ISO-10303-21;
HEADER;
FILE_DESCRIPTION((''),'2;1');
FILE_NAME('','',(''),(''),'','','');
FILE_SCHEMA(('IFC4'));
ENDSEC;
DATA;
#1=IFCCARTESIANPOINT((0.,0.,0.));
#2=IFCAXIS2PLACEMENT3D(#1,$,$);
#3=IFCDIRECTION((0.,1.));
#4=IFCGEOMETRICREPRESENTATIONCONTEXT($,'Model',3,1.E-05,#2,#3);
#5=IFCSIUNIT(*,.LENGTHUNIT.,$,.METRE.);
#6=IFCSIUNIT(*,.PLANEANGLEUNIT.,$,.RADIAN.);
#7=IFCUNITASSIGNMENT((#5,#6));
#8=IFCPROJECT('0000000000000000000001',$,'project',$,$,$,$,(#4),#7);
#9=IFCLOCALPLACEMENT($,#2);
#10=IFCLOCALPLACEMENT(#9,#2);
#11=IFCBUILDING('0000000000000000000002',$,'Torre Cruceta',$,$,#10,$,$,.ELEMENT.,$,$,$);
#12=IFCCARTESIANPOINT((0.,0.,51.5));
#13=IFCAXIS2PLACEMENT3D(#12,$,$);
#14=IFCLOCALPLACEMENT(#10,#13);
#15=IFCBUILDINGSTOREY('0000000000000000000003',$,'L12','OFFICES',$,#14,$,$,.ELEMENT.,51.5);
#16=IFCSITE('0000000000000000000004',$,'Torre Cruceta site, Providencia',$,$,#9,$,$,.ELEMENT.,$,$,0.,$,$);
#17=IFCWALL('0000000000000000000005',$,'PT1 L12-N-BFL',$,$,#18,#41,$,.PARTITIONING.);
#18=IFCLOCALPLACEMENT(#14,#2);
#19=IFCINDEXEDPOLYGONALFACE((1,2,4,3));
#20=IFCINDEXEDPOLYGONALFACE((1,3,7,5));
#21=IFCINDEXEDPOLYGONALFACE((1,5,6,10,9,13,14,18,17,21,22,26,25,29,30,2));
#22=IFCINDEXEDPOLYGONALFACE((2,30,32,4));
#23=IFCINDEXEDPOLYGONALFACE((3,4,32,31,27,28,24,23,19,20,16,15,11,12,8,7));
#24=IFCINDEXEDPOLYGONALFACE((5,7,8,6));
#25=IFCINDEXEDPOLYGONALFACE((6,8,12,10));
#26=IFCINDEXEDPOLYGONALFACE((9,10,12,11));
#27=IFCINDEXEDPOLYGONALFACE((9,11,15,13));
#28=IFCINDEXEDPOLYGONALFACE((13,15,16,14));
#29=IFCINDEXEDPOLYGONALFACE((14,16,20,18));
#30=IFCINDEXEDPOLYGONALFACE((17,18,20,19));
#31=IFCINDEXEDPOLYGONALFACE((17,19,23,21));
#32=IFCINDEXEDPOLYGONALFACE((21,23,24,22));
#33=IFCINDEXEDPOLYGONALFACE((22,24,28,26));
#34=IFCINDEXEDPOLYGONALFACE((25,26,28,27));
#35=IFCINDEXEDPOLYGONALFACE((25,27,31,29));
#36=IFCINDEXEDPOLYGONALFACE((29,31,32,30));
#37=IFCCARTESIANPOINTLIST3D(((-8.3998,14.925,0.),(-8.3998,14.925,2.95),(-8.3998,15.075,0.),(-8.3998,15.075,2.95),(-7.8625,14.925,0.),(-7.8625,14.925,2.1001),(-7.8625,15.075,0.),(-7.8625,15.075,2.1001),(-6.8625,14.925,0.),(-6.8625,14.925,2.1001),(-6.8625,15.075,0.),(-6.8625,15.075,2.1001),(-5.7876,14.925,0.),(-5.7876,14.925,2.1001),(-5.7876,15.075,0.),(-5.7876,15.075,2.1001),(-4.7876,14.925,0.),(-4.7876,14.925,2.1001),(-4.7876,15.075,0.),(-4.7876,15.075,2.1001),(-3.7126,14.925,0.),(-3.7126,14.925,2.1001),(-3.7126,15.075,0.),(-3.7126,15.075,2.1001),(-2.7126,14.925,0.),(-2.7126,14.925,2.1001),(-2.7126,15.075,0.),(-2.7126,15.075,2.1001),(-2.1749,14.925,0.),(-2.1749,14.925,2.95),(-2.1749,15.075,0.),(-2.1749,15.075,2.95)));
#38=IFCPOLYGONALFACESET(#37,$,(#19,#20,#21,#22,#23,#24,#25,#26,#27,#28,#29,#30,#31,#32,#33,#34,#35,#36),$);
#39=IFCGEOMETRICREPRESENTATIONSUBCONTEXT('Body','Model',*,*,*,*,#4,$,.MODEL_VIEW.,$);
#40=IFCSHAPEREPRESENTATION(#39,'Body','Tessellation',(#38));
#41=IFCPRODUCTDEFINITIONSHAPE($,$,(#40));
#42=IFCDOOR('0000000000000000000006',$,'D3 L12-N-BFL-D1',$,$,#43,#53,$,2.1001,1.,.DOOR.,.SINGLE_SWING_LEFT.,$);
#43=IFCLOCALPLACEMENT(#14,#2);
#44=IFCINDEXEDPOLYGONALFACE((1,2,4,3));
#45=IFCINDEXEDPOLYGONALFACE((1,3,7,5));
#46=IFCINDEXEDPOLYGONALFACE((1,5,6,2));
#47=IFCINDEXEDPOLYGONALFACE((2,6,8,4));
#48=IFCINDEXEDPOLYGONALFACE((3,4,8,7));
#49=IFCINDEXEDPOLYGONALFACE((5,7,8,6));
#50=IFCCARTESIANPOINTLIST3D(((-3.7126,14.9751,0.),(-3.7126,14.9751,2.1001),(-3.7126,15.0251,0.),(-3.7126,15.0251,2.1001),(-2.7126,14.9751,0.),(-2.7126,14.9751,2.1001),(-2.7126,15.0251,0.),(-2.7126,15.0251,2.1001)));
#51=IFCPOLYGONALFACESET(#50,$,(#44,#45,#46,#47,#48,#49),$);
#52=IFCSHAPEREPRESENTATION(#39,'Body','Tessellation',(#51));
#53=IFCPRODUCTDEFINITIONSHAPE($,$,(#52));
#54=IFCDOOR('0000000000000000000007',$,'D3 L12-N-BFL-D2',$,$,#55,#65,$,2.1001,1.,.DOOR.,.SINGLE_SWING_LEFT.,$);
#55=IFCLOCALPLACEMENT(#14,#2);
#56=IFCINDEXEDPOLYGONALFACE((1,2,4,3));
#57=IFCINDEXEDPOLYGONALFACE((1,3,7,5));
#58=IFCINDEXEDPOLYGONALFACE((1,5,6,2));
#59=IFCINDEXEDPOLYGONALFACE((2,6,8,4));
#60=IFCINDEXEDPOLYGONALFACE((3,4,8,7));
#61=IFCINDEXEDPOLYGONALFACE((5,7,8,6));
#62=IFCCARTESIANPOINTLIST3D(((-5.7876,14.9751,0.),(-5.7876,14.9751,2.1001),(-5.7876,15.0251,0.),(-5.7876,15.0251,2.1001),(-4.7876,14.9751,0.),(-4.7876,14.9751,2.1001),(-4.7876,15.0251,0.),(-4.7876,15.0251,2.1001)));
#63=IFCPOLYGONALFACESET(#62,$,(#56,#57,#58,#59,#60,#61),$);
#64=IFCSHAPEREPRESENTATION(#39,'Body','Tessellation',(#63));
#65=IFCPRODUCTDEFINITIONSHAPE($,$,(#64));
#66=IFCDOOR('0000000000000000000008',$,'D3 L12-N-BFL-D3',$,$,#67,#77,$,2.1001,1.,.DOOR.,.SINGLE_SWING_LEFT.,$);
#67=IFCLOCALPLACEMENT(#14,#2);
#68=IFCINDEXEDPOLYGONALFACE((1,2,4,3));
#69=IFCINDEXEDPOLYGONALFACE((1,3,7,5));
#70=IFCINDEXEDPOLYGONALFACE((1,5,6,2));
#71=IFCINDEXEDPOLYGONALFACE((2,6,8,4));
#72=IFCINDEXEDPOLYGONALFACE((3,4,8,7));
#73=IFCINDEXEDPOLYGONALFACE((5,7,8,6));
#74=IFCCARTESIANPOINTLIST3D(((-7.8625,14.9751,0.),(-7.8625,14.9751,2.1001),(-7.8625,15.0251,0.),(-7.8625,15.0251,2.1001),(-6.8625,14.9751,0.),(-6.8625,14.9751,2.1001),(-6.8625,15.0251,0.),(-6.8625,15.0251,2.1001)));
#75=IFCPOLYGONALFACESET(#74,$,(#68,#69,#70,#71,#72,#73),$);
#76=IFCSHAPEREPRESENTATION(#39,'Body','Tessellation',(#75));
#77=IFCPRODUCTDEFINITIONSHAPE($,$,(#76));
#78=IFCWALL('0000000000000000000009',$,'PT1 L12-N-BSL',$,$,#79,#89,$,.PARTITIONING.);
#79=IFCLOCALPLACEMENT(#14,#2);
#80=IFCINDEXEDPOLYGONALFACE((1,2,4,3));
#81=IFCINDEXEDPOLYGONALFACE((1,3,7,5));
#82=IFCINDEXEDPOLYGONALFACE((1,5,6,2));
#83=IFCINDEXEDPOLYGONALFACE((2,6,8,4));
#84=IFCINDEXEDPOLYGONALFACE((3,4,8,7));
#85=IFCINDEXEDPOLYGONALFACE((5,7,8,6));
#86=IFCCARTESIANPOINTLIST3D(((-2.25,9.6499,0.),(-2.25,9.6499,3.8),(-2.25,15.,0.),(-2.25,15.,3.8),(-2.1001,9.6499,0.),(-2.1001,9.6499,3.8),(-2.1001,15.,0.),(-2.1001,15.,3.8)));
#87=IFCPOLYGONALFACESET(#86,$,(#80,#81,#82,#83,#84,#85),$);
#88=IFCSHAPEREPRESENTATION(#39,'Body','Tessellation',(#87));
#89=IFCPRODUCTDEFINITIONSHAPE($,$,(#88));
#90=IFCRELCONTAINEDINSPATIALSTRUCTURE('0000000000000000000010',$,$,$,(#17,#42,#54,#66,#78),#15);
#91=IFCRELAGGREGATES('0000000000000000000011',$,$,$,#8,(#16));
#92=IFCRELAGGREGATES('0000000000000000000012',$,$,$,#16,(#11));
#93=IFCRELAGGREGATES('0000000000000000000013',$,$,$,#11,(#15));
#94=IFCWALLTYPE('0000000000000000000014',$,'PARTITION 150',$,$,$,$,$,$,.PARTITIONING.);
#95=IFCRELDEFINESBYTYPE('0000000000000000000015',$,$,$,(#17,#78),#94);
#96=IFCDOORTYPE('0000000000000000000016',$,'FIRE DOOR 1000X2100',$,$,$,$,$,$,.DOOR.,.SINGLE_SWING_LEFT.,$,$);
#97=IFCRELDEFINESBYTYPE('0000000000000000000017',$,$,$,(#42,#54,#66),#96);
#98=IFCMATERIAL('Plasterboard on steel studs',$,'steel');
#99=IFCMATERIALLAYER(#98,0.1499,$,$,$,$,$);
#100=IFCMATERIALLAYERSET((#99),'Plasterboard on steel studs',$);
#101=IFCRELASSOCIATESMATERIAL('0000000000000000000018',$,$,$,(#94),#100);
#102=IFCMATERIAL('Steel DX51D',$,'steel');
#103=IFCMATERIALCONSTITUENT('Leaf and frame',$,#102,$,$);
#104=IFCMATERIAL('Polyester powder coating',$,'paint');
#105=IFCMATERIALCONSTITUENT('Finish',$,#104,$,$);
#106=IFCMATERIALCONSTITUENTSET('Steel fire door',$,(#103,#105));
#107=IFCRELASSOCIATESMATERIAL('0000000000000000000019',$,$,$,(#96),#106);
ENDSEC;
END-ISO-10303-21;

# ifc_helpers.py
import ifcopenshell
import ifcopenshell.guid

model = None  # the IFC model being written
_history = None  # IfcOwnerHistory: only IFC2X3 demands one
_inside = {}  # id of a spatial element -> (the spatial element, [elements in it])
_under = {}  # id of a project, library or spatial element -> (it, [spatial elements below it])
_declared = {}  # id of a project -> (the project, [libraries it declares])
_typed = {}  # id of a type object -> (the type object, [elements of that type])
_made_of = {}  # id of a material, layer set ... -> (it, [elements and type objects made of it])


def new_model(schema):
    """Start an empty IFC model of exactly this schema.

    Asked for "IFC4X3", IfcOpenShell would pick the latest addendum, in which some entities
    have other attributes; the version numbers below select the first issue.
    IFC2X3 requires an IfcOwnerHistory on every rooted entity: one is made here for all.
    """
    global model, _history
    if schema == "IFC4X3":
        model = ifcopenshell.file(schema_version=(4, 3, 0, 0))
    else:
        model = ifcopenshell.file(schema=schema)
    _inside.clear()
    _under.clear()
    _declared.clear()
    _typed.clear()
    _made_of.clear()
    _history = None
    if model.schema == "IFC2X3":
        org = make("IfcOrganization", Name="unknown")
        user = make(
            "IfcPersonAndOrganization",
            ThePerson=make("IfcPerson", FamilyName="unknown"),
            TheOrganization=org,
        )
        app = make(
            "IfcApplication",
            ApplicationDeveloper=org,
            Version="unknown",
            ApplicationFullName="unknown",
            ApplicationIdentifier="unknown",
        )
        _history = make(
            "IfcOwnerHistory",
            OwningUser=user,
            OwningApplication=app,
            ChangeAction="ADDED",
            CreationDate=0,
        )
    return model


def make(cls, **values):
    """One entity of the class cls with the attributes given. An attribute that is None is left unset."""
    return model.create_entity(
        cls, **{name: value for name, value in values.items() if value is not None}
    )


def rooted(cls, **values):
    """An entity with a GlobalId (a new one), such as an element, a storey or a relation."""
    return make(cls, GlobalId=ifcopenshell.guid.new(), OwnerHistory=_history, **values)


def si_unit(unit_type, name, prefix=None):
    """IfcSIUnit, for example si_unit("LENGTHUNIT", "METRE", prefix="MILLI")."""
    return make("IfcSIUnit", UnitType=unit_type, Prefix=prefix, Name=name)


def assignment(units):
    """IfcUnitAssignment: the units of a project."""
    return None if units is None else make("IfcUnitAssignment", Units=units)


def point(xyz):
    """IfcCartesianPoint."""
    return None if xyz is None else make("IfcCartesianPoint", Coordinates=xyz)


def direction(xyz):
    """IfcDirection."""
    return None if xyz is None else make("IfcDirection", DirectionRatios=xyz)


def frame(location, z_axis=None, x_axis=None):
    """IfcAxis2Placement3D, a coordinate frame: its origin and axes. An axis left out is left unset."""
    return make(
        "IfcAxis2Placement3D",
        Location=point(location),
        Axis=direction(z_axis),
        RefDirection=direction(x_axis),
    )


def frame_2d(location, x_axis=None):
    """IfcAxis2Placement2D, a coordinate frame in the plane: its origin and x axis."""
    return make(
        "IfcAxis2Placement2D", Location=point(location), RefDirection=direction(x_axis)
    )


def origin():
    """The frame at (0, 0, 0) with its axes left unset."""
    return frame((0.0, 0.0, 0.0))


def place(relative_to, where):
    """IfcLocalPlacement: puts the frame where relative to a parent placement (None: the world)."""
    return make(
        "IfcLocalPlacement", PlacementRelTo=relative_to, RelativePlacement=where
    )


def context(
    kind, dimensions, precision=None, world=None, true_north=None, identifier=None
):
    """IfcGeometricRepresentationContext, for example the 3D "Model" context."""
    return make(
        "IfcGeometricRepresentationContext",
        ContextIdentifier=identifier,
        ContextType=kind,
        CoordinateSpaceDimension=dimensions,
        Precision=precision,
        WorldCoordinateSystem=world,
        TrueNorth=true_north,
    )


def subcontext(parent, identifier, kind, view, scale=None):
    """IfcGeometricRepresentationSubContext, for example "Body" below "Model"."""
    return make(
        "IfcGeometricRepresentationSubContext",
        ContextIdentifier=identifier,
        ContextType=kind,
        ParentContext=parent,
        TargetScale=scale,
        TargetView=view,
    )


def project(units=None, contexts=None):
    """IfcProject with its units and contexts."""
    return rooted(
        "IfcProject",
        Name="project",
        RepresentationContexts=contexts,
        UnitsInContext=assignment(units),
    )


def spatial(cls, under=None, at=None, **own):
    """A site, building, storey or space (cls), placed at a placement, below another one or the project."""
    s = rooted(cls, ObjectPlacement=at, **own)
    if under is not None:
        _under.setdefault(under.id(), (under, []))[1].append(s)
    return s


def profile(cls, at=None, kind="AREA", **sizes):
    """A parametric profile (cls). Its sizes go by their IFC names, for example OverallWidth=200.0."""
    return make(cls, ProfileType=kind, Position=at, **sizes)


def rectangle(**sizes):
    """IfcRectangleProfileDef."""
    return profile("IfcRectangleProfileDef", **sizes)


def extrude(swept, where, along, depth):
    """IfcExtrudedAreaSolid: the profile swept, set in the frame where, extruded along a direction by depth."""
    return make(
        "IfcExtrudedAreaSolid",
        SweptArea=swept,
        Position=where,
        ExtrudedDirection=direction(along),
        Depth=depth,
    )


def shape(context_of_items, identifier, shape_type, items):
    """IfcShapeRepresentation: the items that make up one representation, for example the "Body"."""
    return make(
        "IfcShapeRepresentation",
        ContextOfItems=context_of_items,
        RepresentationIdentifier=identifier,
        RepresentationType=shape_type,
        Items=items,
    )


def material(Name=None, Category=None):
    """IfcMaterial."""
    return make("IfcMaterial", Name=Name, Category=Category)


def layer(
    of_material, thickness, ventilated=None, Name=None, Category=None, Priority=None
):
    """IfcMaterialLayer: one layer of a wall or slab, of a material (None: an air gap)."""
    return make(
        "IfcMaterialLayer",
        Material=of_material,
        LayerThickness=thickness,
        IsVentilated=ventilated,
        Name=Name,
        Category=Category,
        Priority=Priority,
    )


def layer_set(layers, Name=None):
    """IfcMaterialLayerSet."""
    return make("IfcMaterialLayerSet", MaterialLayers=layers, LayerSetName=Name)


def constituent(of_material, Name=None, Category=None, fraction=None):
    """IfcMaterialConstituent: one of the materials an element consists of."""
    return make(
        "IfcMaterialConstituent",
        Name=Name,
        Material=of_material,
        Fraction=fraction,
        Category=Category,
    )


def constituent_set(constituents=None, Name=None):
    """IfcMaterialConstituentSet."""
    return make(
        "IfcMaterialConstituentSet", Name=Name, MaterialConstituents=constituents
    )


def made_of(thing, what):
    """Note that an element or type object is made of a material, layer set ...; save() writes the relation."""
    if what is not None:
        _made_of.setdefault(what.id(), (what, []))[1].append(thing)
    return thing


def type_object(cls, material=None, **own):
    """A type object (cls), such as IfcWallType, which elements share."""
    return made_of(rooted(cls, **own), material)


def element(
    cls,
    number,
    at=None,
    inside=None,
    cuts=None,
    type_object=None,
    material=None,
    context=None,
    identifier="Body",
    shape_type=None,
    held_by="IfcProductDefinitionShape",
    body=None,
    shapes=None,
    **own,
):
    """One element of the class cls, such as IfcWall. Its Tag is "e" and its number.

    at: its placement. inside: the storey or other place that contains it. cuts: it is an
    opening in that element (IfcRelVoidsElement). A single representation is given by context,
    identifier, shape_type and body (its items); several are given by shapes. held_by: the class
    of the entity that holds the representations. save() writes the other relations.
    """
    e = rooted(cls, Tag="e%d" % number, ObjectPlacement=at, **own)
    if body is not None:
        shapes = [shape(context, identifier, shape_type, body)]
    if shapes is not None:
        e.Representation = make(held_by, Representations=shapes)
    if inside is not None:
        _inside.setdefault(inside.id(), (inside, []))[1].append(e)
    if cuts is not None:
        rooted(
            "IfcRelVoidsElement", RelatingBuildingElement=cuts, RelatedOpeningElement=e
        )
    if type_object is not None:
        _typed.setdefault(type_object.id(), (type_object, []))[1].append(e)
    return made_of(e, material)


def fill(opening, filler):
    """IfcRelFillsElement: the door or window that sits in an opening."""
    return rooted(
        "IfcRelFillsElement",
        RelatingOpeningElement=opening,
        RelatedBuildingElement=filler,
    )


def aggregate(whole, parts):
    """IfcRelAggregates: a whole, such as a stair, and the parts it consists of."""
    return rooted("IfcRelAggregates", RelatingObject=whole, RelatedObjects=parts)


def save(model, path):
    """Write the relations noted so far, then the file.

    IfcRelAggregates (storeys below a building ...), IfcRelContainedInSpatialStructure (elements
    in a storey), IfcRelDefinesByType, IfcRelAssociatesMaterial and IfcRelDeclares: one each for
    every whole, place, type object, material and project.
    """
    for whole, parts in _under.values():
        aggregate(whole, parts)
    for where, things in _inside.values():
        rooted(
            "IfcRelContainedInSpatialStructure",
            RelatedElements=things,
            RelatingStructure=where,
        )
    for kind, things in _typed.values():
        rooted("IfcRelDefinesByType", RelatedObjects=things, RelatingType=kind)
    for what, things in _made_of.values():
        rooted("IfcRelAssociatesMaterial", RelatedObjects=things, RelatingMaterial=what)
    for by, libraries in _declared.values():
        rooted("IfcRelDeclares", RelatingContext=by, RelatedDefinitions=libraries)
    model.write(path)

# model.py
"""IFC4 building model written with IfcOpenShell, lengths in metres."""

from ifc_helpers import new_model, si_unit, direction, frame, frame_2d, origin, place, context, subcontext, project, spatial, rectangle, extrude, material, layer, layer_set, constituent, constituent_set, type_object, element, fill, save


model = new_model("IFC4")

# Units and contexts
model_context = context("Model", 3, precision=1e-05, world=origin(), true_north=direction((0.0, 1.0)))
body_context = subcontext(model_context, "Body", "Model", "MODEL_VIEW")
ifc_project = project(units=[si_unit("LENGTHUNIT", "METRE"), si_unit("PLANEANGLEUNIT", "RADIAN")], contexts=[model_context])

# Site, building, storey
site_placement = place(None, origin())
site = spatial("IfcSite", under=ifc_project, at=site_placement, Name="Torre Cruceta site, Providencia", CompositionType="ELEMENT", RefElevation=0.0)
building_placement = place(site_placement, origin())
building = spatial("IfcBuilding", under=site, at=building_placement, Name="Torre Cruceta", CompositionType="ELEMENT")
storey_placement = place(building_placement, frame((0.0, 0.0, 51.5)))
storey = spatial("IfcBuildingStorey", under=building, at=storey_placement, Name="L12", Description="OFFICES", CompositionType="ELEMENT", Elevation=51.5)

# Wall, openings, doors
ifc_material_1 = material(Name="Plasterboard on steel studs", Category="steel")
ifc_layer_1 = layer(ifc_material_1, 0.1499)
ifc_layer_set_1 = layer_set([ifc_layer_1], Name="Plasterboard on steel studs")
wall_type_1 = type_object("IfcWallType", Name="PARTITION 150", PredefinedType="PARTITIONING", material=ifc_layer_set_1)
wall_1_placement = place(storey_placement, frame((-2.175, 15.0, 0.0), z_axis=(0.0, 0.0, 1.0), x_axis=(-1.0, 0.0, 0.0)))
wall_1 = element("IfcWall", 1, at=wall_1_placement, inside=storey, type_object=wall_type_1, Name="PT1 L12-N-BFL", PredefinedType="PARTITIONING", context=body_context, shape_type="SweptSolid", body=[
    extrude(rectangle(XDim=6.2249, YDim=0.1499, at=frame_2d((3.1123, 0.0))), origin(), (0.0, 0.0, 1.0), 2.95),
])
opening_1_placement = place(wall_1_placement, frame((0.5376, 0.0, 0.0)))
opening_1 = element("IfcOpeningElement", 2, at=opening_1_placement, cuts=wall_1, PredefinedType="OPENING", context=body_context, shape_type="SweptSolid", body=[
    extrude(rectangle(XDim=1.0, YDim=2.1001, at=frame_2d((0.5, 1.05))), frame((0.0, 0.085, 0.0), z_axis=(0.0, -1.0, 0.0), x_axis=(1.0, 0.0, 0.0)), (0.0, 0.0, 1.0), 0.1699),
])
opening_2_placement = place(wall_1_placement, frame((2.6125, 0.0, 0.0)))
opening_2 = element("IfcOpeningElement", 3, at=opening_2_placement, cuts=wall_1, PredefinedType="OPENING", context=body_context, shape_type="SweptSolid", body=[
    extrude(rectangle(XDim=1.0, YDim=2.1001, at=frame_2d((0.5, 1.05))), frame((0.0, 0.085, 0.0), z_axis=(0.0, -1.0, 0.0), x_axis=(1.0, 0.0, 0.0)), (0.0, 0.0, 1.0), 0.1699),
])
opening_3_placement = place(wall_1_placement, frame((4.6875, 0.0, 0.0)))
opening_3 = element("IfcOpeningElement", 4, at=opening_3_placement, cuts=wall_1, PredefinedType="OPENING", context=body_context, shape_type="SweptSolid", body=[
    extrude(rectangle(XDim=1.0, YDim=2.1001, at=frame_2d((0.5, 1.05))), frame((0.0, 0.085, 0.0), z_axis=(0.0, -1.0, 0.0), x_axis=(1.0, 0.0, 0.0)), (0.0, 0.0, 1.0), 0.1699),
])
ifc_material_2 = material(Name="Steel DX51D", Category="steel")
ifc_constituent_1 = constituent(ifc_material_2, Name="Leaf and frame")
ifc_material_3 = material(Name="Polyester powder coating", Category="paint")
ifc_constituent_2 = constituent(ifc_material_3, Name="Finish")
ifc_constituent_set_1 = constituent_set(constituents=[ifc_constituent_1, ifc_constituent_2], Name="Steel fire door")
door_type = type_object("IfcDoorType", Name="FIRE DOOR 1000X2100", OperationType="SINGLE_SWING_LEFT", PredefinedType="DOOR", material=ifc_constituent_set_1)
door_1_placement = place(opening_1_placement, origin())
door_1 = element("IfcDoor", 5, at=door_1_placement, inside=storey, type_object=door_type, Name="D3 L12-N-BFL-D1", OperationType="SINGLE_SWING_LEFT", OverallHeight=2.1001, OverallWidth=1.0, PredefinedType="DOOR", context=body_context, shape_type="SweptSolid", body=[
    extrude(rectangle(XDim=1.0, YDim=2.1001, at=frame_2d((0.5, 1.05))), frame((0.0, 0.0249, 0.0), z_axis=(0.0, -1.0, 0.0), x_axis=(1.0, 0.0, 0.0)), (0.0, 0.0, 1.0), 0.05),
])
fill(opening_1, door_1)
door_2_placement = place(opening_2_placement, origin())
door_2 = element("IfcDoor", 6, at=door_2_placement, inside=storey, type_object=door_type, Name="D3 L12-N-BFL-D2", OperationType="SINGLE_SWING_LEFT", OverallHeight=2.1001, OverallWidth=1.0, PredefinedType="DOOR", context=body_context, shape_type="SweptSolid", body=[
    extrude(rectangle(XDim=1.0, YDim=2.1001, at=frame_2d((0.5, 1.05))), frame((0.0, 0.0249, 0.0), z_axis=(0.0, -1.0, 0.0), x_axis=(1.0, 0.0, 0.0)), (0.0, 0.0, 1.0), 0.05),
])
fill(opening_2, door_2)
door_3_placement = place(opening_3_placement, origin())
door_3 = element("IfcDoor", 7, at=door_3_placement, inside=storey, type_object=door_type, Name="D3 L12-N-BFL-D3", OperationType="SINGLE_SWING_LEFT", OverallHeight=2.1001, OverallWidth=1.0, PredefinedType="DOOR", context=body_context, shape_type="SweptSolid", body=[
    extrude(rectangle(XDim=1.0, YDim=2.1001, at=frame_2d((0.5, 1.05))), frame((0.0, 0.0249, 0.0), z_axis=(0.0, -1.0, 0.0), x_axis=(1.0, 0.0, 0.0)), (0.0, 0.0, 1.0), 0.05),
])
fill(opening_3, door_3)

# Wall
wall_2_placement = place(storey_placement, frame((-2.175, 9.6499, 0.0), z_axis=(0.0, 0.0, 1.0), x_axis=(0.0, 1.0, 0.0)))
element("IfcWall", 8, at=wall_2_placement, inside=storey, type_object=wall_type_1, Name="PT1 L12-N-BSL", PredefinedType="PARTITIONING", context=body_context, shape_type="SweptSolid", body=[
    extrude(rectangle(XDim=5.3501, YDim=0.1499, at=frame_2d((2.675, 0.0))), origin(), (0.0, 0.0, 1.0), 3.8),
])

save(model, "model.ifc")
